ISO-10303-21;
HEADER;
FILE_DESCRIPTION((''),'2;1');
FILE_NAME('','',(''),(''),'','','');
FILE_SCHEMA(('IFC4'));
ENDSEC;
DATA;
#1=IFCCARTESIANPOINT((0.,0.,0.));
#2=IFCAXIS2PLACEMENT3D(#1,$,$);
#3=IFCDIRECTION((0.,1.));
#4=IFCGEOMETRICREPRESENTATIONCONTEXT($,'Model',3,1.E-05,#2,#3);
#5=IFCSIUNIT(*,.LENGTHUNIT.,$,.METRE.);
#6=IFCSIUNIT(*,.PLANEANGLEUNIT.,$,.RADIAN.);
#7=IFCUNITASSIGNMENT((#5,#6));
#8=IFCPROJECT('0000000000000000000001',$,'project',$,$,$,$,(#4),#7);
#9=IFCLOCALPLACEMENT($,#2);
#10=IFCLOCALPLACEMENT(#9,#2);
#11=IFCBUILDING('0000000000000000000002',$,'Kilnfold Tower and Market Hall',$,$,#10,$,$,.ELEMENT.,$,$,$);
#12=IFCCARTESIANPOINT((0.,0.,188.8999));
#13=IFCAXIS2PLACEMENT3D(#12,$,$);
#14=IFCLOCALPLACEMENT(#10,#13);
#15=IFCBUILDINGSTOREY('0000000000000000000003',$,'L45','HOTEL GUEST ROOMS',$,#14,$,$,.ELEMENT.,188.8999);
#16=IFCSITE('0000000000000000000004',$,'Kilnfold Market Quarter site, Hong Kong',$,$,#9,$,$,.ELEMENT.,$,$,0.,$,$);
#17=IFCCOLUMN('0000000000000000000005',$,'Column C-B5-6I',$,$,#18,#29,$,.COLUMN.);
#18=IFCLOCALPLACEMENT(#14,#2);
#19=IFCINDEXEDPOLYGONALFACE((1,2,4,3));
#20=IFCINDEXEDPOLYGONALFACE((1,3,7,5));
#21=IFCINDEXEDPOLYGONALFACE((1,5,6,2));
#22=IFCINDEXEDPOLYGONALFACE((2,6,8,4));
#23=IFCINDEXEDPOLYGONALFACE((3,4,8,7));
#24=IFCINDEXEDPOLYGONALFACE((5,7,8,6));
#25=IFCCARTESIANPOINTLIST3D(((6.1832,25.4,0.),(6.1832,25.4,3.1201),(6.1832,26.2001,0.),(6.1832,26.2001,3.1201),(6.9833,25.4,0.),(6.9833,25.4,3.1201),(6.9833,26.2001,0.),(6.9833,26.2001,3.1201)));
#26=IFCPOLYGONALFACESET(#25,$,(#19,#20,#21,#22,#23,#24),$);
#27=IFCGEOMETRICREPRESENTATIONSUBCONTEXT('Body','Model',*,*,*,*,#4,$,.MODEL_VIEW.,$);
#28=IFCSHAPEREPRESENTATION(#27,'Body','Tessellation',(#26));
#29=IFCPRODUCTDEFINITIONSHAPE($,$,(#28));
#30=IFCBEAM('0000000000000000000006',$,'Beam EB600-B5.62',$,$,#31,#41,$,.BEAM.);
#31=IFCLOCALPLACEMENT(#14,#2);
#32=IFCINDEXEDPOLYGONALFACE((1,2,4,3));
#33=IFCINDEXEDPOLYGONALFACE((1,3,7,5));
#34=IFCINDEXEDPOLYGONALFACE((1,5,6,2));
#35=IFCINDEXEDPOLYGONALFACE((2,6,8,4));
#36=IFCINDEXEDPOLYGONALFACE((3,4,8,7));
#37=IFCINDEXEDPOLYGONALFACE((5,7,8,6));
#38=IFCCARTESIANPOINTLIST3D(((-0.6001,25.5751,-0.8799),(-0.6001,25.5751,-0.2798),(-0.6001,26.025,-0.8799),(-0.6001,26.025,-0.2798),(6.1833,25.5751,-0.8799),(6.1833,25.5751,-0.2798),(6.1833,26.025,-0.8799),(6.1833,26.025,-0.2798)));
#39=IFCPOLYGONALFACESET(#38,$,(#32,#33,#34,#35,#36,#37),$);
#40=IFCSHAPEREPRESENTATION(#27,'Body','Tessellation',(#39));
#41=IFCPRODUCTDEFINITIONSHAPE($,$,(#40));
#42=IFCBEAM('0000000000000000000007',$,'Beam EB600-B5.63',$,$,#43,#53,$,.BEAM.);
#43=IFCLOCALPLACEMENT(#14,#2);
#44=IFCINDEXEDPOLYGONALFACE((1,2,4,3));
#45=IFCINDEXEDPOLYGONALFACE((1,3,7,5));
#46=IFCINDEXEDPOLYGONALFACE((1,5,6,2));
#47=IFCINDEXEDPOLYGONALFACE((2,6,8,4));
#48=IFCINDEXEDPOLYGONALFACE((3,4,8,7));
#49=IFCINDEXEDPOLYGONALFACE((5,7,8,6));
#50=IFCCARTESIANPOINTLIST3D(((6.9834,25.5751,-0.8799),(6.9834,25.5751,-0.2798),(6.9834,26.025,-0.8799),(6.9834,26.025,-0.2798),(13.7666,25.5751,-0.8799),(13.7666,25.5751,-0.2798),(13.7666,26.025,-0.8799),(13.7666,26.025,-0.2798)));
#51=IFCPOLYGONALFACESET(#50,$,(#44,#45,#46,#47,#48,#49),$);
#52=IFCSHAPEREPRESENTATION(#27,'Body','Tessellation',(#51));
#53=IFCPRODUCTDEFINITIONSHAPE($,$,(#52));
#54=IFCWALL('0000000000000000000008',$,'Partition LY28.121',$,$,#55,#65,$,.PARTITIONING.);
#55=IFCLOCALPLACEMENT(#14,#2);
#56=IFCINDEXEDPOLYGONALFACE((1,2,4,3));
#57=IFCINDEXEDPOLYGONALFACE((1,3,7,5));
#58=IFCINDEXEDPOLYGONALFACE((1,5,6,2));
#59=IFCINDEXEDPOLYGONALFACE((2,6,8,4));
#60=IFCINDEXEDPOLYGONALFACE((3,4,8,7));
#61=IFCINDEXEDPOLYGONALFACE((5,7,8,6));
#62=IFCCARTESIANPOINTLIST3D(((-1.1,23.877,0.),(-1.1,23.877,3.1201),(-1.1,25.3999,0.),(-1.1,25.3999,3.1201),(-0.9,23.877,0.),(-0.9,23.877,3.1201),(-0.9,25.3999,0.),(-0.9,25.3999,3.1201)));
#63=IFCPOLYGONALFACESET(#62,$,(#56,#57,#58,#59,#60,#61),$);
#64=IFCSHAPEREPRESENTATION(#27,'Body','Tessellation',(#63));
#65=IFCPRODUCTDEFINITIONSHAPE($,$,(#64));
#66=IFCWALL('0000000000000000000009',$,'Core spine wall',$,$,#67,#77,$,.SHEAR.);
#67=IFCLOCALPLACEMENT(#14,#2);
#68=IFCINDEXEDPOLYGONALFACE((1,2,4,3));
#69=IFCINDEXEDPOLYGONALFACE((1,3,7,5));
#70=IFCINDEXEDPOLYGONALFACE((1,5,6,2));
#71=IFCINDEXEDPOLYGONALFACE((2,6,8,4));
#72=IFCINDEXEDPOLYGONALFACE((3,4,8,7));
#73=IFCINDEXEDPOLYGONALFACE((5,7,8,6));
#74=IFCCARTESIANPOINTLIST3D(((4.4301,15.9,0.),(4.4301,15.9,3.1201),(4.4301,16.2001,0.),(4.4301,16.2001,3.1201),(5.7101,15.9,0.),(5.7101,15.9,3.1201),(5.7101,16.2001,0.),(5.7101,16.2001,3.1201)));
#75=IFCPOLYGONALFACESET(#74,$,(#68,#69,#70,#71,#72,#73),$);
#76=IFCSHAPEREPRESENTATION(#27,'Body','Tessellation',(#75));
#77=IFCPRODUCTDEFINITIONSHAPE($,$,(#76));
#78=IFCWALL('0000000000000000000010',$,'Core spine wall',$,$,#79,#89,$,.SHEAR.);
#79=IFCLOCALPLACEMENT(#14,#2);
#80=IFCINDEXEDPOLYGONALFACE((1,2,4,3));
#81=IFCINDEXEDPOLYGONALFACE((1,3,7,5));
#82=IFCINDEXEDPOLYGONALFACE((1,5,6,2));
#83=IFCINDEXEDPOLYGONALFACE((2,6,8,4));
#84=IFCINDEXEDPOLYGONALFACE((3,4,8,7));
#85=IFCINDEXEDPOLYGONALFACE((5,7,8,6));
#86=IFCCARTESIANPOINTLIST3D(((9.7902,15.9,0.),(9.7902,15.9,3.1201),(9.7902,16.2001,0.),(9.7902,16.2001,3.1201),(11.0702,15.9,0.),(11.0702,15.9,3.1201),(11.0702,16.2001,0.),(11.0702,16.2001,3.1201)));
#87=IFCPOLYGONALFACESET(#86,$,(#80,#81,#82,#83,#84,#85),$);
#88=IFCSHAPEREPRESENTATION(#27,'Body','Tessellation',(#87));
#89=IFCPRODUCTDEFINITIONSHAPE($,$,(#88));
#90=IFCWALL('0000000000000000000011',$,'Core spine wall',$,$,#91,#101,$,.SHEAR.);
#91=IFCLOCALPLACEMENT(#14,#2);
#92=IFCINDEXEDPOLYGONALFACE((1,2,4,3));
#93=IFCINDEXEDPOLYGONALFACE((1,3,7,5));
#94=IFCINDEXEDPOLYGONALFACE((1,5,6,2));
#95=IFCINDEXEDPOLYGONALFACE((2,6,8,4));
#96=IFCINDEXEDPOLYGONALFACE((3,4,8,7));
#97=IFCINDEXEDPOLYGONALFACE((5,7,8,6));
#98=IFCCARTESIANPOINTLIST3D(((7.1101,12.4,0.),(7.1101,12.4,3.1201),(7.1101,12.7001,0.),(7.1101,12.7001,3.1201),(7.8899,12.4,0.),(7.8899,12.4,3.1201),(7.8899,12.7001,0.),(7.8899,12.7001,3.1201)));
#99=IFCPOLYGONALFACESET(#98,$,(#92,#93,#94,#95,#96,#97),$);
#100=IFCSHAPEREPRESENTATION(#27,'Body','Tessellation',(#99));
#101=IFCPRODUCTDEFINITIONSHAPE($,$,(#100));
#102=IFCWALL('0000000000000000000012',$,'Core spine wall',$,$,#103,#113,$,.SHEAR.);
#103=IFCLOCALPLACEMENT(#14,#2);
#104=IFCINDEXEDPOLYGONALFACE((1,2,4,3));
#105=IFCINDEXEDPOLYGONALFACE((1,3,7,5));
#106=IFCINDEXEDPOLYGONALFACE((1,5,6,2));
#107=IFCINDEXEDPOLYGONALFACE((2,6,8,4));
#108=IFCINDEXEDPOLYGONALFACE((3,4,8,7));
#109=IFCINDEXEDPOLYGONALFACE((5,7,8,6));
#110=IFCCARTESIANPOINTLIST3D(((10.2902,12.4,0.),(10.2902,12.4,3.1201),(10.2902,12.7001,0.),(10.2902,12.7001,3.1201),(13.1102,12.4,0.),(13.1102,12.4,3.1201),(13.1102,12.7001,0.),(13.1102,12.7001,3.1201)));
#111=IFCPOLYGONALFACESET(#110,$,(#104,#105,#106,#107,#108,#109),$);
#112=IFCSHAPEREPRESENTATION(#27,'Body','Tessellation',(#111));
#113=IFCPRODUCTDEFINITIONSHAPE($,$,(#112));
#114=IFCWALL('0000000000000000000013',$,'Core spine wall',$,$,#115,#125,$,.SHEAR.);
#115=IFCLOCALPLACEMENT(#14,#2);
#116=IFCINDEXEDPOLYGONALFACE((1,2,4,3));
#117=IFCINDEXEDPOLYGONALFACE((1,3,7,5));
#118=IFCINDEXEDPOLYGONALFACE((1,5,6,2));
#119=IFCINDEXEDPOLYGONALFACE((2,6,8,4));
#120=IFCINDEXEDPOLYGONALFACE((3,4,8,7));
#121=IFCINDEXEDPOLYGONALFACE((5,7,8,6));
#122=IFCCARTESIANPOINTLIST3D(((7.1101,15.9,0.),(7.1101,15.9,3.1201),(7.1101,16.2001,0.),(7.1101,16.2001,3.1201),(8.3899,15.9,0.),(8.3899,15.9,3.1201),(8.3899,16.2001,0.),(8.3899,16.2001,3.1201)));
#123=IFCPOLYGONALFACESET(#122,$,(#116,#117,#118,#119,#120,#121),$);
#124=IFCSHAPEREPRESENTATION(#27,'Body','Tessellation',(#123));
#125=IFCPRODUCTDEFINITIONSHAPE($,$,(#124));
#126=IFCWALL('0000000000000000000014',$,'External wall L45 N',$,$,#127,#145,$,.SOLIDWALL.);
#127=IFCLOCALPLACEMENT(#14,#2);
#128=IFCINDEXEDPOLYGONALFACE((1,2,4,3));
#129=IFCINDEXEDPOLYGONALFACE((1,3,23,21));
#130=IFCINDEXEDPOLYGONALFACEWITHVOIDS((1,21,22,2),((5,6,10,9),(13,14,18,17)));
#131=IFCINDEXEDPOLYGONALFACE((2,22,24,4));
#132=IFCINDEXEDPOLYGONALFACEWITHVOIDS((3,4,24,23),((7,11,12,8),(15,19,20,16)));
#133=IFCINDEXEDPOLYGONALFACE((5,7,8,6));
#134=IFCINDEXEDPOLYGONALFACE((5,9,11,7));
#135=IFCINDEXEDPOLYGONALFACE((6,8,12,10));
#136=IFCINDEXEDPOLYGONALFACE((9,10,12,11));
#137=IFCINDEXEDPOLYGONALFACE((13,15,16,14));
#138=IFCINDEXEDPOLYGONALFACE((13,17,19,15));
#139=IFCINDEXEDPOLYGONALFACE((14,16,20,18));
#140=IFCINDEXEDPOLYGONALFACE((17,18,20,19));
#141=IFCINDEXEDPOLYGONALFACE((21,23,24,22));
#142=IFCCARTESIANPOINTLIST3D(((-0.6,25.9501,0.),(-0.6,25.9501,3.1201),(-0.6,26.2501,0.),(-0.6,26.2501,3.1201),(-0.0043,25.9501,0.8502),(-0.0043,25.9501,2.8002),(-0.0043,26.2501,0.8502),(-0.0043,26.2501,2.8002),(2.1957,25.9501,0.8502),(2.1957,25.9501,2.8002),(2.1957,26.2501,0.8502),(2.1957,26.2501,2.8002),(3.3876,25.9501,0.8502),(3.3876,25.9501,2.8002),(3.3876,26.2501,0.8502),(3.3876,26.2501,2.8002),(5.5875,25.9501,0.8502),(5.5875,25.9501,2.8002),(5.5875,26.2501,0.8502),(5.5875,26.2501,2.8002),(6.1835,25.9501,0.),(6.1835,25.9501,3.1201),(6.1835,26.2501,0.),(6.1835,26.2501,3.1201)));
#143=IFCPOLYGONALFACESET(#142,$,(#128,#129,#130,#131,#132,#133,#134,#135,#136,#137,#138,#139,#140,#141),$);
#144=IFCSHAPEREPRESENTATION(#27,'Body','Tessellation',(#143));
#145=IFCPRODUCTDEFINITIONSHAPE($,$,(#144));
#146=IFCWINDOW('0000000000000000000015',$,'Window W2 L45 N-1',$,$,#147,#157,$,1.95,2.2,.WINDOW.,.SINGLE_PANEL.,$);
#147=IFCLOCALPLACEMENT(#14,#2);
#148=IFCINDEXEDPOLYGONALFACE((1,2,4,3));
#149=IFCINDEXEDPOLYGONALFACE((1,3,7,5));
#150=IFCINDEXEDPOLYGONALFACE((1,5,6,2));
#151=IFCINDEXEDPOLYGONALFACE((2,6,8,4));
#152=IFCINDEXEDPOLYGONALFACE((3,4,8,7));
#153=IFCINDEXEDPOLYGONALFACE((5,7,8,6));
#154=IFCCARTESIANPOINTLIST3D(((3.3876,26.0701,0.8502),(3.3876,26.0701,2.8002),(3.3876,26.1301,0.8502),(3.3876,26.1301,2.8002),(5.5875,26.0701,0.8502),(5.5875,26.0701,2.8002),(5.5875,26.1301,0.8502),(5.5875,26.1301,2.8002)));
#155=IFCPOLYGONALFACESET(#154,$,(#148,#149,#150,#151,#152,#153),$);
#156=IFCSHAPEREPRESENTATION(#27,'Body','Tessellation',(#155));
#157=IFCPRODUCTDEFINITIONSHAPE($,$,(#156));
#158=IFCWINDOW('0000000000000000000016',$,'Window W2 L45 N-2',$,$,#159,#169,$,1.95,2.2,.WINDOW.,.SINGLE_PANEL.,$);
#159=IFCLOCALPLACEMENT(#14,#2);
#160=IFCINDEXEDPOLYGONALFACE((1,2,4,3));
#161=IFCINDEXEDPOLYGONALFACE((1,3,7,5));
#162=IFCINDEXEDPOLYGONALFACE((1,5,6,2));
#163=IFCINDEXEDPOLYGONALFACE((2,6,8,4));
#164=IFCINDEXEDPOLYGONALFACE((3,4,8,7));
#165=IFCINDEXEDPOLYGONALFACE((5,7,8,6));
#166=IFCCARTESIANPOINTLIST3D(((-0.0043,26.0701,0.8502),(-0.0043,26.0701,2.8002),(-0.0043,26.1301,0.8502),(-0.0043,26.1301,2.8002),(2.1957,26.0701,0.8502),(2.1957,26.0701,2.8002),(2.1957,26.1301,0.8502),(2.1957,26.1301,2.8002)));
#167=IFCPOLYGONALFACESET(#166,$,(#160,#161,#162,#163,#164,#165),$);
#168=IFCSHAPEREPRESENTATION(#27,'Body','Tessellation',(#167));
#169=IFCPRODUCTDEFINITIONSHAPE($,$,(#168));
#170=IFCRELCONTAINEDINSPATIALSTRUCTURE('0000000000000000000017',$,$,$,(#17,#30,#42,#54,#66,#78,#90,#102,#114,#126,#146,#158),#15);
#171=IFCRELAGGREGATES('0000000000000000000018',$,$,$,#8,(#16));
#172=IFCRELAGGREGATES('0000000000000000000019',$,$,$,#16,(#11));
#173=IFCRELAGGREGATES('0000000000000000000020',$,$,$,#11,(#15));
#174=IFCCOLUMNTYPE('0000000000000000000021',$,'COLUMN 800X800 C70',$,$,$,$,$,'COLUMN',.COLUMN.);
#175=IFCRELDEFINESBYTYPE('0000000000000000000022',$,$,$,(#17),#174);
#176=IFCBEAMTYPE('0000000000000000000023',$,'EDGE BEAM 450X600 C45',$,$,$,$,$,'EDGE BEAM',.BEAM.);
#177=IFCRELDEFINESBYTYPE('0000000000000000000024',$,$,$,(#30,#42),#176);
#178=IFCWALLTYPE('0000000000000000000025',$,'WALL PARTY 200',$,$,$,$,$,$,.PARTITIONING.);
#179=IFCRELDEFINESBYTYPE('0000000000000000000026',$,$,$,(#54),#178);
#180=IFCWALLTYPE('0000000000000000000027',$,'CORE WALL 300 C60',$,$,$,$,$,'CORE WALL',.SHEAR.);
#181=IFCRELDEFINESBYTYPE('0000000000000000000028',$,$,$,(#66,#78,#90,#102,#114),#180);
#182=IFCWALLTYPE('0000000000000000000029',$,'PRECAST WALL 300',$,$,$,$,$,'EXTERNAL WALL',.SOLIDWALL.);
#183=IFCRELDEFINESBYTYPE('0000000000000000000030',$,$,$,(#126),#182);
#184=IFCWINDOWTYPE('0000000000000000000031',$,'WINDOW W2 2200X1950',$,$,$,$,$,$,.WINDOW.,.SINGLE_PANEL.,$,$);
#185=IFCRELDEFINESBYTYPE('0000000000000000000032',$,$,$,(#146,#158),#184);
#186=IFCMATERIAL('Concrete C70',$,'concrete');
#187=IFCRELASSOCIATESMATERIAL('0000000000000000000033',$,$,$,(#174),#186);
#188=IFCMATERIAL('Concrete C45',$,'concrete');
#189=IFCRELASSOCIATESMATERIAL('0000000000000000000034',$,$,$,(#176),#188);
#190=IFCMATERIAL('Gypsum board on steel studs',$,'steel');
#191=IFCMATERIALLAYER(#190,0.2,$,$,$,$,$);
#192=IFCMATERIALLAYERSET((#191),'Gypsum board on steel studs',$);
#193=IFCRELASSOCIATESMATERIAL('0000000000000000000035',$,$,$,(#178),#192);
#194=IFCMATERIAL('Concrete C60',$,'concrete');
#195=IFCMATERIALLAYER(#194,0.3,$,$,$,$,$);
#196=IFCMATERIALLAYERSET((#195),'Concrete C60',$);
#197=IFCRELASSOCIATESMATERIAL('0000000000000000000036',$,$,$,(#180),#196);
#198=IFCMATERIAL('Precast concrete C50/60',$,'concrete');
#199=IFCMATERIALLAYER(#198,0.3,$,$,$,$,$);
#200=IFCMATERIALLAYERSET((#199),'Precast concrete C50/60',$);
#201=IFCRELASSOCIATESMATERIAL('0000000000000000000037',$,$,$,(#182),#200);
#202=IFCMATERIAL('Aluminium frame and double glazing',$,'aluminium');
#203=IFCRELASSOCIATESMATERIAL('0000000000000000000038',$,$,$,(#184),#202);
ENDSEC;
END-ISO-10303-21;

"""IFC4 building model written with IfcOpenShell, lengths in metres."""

from ifc_helpers import new_model, si_unit, direction, frame, frame_2d, origin, origin_2d, place, context, subcontext, project, spatial, rectangle, extrude, source, transform, mapped, material, layer, layer_set, material_profile, profile_set, type_object, element, fill, save


model = new_model("IFC4")

# Units and contexts
model_context = context("Model", 3, precision=1e-05, world=origin(), true_north=direction((0.0, 1.0)))
body_context = subcontext(model_context, "Body", "Model", "MODEL_VIEW")
ifc_project = project(units=[si_unit("LENGTHUNIT", "METRE"), si_unit("PLANEANGLEUNIT", "RADIAN")], contexts=[model_context])

# Site, building, storey
site_placement = place(None, origin())
site = spatial("IfcSite", under=ifc_project, at=site_placement, Name="Kilnfold Market Quarter site, Hong Kong", CompositionType="ELEMENT", RefElevation=0.0)
building_placement = place(site_placement, origin())
building = spatial("IfcBuilding", under=site, at=building_placement, Name="Kilnfold Tower and Market Hall", CompositionType="ELEMENT")
storey_placement = place(building_placement, frame((0.0, 0.0, 188.8999)))
storey = spatial("IfcBuildingStorey", under=building, at=storey_placement, Name="L45", Description="HOTEL GUEST ROOMS", CompositionType="ELEMENT", Elevation=188.8999)

# Column
ifc_material_1 = material(Name="Concrete C70", Category="concrete")
ifc_material_profile_1 = material_profile(ifc_material_1, rectangle(XDim=0.8, YDim=0.8, at=origin_2d()), Name="RC 800x800")
ifc_profile_set_1 = profile_set([ifc_material_profile_1], Name="Concrete C70")
column_type = type_object("IfcColumnType", Name="COLUMN 800X800 C70", ElementType="COLUMN", PredefinedType="COLUMN", material=ifc_profile_set_1)
shared_shape_1 = source(origin(), body_context, "Body", "SweptSolid", [
    extrude(rectangle(XDim=0.8, YDim=0.8, at=origin_2d()), origin(), (0.0, 0.0, 1.0), 3.1201),
])
column_placement = place(storey_placement, frame((6.5833, 25.8, 0.0), z_axis=(0.0, 0.0, 1.0), x_axis=(1.0, 0.0, 0.0)))
element("IfcColumn", 1, at=column_placement, inside=storey, type_object=column_type, Name="Column C-B5-6I", PredefinedType="COLUMN", context=body_context, shape_type="MappedRepresentation", body=[
    mapped(shared_shape_1, transform((0.0, 0.0, 0.0))),
])

# Beams
ifc_material_2 = material(Name="Concrete C45", Category="concrete")
ifc_material_profile_2 = material_profile(ifc_material_2, rectangle(XDim=0.45, YDim=0.6001, at=origin_2d()), Name="RC 450x600")
ifc_profile_set_2 = profile_set([ifc_material_profile_2], Name="Concrete C45")
beam_type = type_object("IfcBeamType", Name="EDGE BEAM 450X600 C45", ElementType="EDGE BEAM", PredefinedType="BEAM", material=ifc_profile_set_2)
shared_shape_2 = source(origin(), body_context, "Body", "SweptSolid", [
    extrude(rectangle(XDim=0.45, YDim=0.6001, at=origin_2d()), origin(), (0.0, 0.0, 1.0), 6.7834),
])
beam_1_placement = place(storey_placement, frame((-0.6001, 25.8, -0.5798), z_axis=(1.0, 0.0, 0.0), x_axis=(0.0, 1.0, 0.0)))
element("IfcBeam", 2, at=beam_1_placement, inside=storey, type_object=beam_type, Name="Beam EB600-B5.62", PredefinedType="BEAM", context=body_context, shape_type="MappedRepresentation", body=[
    mapped(shared_shape_2, transform((0.0, 0.0, 0.0))),
])
shared_shape_3 = source(origin(), body_context, "Body", "SweptSolid", [
    extrude(rectangle(XDim=0.45, YDim=0.6001, at=origin_2d()), origin(), (0.0, 0.0, 1.0), 6.7832),
])
beam_2_placement = place(storey_placement, frame((6.9834, 25.8, -0.5798), z_axis=(1.0, 0.0, 0.0), x_axis=(0.0, 1.0, 0.0)))
element("IfcBeam", 3, at=beam_2_placement, inside=storey, type_object=beam_type, Name="Beam EB600-B5.63", PredefinedType="BEAM", context=body_context, shape_type="MappedRepresentation", body=[
    mapped(shared_shape_3, transform((0.0, 0.0, 0.0))),
])

# Walls
ifc_material_3 = material(Name="Gypsum board on steel studs", Category="steel")
ifc_layer_1 = layer(ifc_material_3, 0.2)
ifc_layer_set_1 = layer_set([ifc_layer_1], Name="Gypsum board on steel studs")
wall_type_1 = type_object("IfcWallType", Name="WALL PARTY 200", PredefinedType="PARTITIONING", material=ifc_layer_set_1)
wall_1_placement = place(storey_placement, frame((-1.0, 23.877, 0.0), z_axis=(0.0, 0.0, 1.0), x_axis=(0.0, 1.0, 0.0)))
element("IfcWall", 4, at=wall_1_placement, inside=storey, type_object=wall_type_1, Name="Partition LY28.121", PredefinedType="PARTITIONING", context=body_context, shape_type="SweptSolid", body=[
    extrude(rectangle(XDim=1.5229, YDim=0.2, at=frame_2d((0.7615, 0.0))), origin(), (0.0, 0.0, 1.0), 3.1201),
])
ifc_material_4 = material(Name="Concrete C60", Category="concrete")
ifc_layer_2 = layer(ifc_material_4, 0.3)
ifc_layer_set_2 = layer_set([ifc_layer_2], Name="Concrete C60")
wall_type_2 = type_object("IfcWallType", Name="CORE WALL 300 C60", ElementType="CORE WALL", PredefinedType="SHEAR", material=ifc_layer_set_2)
shared_shape_4 = source(origin(), body_context, "Body", "SweptSolid", [
    extrude(rectangle(XDim=1.28, YDim=0.3, at=frame_2d((0.6401, 0.0))), origin(), (0.0, 0.0, 1.0), 3.1201),
])
for number, where, z_axis, x_axis, name in (
    (5, (4.4299, 16.05, 0.0), (0.0, 0.0, 1.0), (1.0, 0.0, 0.0), "Core spine wall"),
    (6, (9.79, 16.05, 0.0), (0.0, 0.0, 1.0), (1.0, 0.0, 0.0), "Core spine wall"),
):
    element("IfcWall", number, at=place(storey_placement, frame(where, z_axis=z_axis, x_axis=x_axis)), inside=storey, type_object=wall_type_2, Name=name, PredefinedType="SHEAR", context=body_context, shape_type="MappedRepresentation", body=[
        mapped(shared_shape_4, transform((0.0, 0.0, 0.0))),
    ])
shared_shape_5 = source(origin(), body_context, "Body", "SweptSolid", [
    extrude(rectangle(XDim=0.7798, YDim=0.3, at=frame_2d((0.3899, 0.0))), origin(), (0.0, 0.0, 1.0), 3.1201),
])
wall_2_placement = place(storey_placement, frame((7.1101, 12.55, 0.0), z_axis=(0.0, 0.0, 1.0), x_axis=(1.0, 0.0, 0.0)))
element("IfcWall", 7, at=wall_2_placement, inside=storey, type_object=wall_type_2, Name="Core spine wall", PredefinedType="SHEAR", context=body_context, shape_type="MappedRepresentation", body=[
    mapped(shared_shape_5, transform((0.0, 0.0, 0.0))),
])
shared_shape_6 = source(origin(), body_context, "Body", "SweptSolid", [
    extrude(rectangle(XDim=2.8201, YDim=0.3, at=frame_2d((1.4102, 0.0))), origin(), (0.0, 0.0, 1.0), 3.1201),
])
wall_3_placement = place(storey_placement, frame((10.29, 12.55, 0.0), z_axis=(0.0, 0.0, 1.0), x_axis=(1.0, 0.0, 0.0)))
element("IfcWall", 8, at=wall_3_placement, inside=storey, type_object=wall_type_2, Name="Core spine wall", PredefinedType="SHEAR", context=body_context, shape_type="MappedRepresentation", body=[
    mapped(shared_shape_6, transform((0.0, 0.0, 0.0))),
])
shared_shape_7 = source(origin(), body_context, "Body", "SweptSolid", [
    extrude(rectangle(XDim=1.2798, YDim=0.3, at=frame_2d((0.6399, 0.0))), origin(), (0.0, 0.0, 1.0), 3.1201),
])
wall_4_placement = place(storey_placement, frame((7.1101, 16.05, 0.0), z_axis=(0.0, 0.0, 1.0), x_axis=(1.0, 0.0, 0.0)))
element("IfcWall", 9, at=wall_4_placement, inside=storey, type_object=wall_type_2, Name="Core spine wall", PredefinedType="SHEAR", context=body_context, shape_type="MappedRepresentation", body=[
    mapped(shared_shape_7, transform((0.0, 0.0, 0.0))),
])

# Wall, openings, windows
ifc_material_5 = material(Name="Precast concrete C50/60", Category="concrete")
ifc_layer_3 = layer(ifc_material_5, 0.3)
ifc_layer_set_3 = layer_set([ifc_layer_3], Name="Precast concrete C50/60")
wall_type_3 = type_object("IfcWallType", Name="PRECAST WALL 300", ElementType="EXTERNAL WALL", PredefinedType="SOLIDWALL", material=ifc_layer_set_3)
shared_shape_8 = source(origin(), body_context, "Body", "SweptSolid", [
    extrude(rectangle(XDim=6.7834, YDim=0.3, at=frame_2d((3.3916, 0.0))), origin(), (0.0, 0.0, 1.0), 3.1201),
])
wall_5_placement = place(storey_placement, frame((6.1833, 26.1001, 0.0), z_axis=(0.0, 0.0, 1.0), x_axis=(-1.0, 0.0, 0.0)))
wall_5 = element("IfcWall", 10, at=wall_5_placement, inside=storey, type_object=wall_type_3, Name="External wall L45 N", PredefinedType="SOLIDWALL", context=body_context, shape_type="MappedRepresentation", body=[
    mapped(shared_shape_8, transform((0.0, 0.0, 0.0))),
])
opening_1_placement = place(wall_5_placement, frame((0.5957, 0.0, 0.8501)))
opening_1 = element("IfcOpeningElement", 11, at=opening_1_placement, cuts=wall_5, PredefinedType="OPENING", context=body_context, shape_type="SweptSolid", body=[
    extrude(rectangle(XDim=2.2, YDim=1.95, at=frame_2d((1.1001, 0.9751))), frame((0.0, 0.1602, 0.0), z_axis=(0.0, -1.0, 0.0), x_axis=(1.0, 0.0, 0.0)), (0.0, 0.0, 1.0), 0.3201),
])
opening_2_placement = place(wall_5_placement, frame((3.9875, 0.0, 0.8501)))
opening_2 = element("IfcOpeningElement", 12, at=opening_2_placement, cuts=wall_5, PredefinedType="OPENING", context=body_context, shape_type="SweptSolid", body=[
    extrude(rectangle(XDim=2.2, YDim=1.95, at=frame_2d((1.1001, 0.9751))), frame((0.0, 0.1602, 0.0), z_axis=(0.0, -1.0, 0.0), x_axis=(1.0, 0.0, 0.0)), (0.0, 0.0, 1.0), 0.3201),
])
ifc_material_6 = material(Name="Aluminium frame and double glazing", Category="aluminium")
window_type = type_object("IfcWindowType", Name="WINDOW W2 2200X1950", PartitioningType="SINGLE_PANEL", PredefinedType="WINDOW", material=ifc_material_6)
window_1_placement = place(opening_1_placement, origin())
window_1 = element("IfcWindow", 13, at=window_1_placement, inside=storey, type_object=window_type, Name="Window W2 L45 N-1", OverallHeight=1.95, OverallWidth=2.2, PartitioningType="SINGLE_PANEL", PredefinedType="WINDOW", context=body_context, shape_type="SweptSolid", body=[
    extrude(rectangle(XDim=2.2, YDim=1.95, at=frame_2d((1.1001, 0.9751))), frame((0.0, 0.03, 0.0), z_axis=(0.0, -1.0, 0.0), x_axis=(1.0, 0.0, 0.0)), (0.0, 0.0, 1.0), 0.0601),
])
fill(opening_1, window_1)
window_2_placement = place(opening_2_placement, origin())
window_2 = element("IfcWindow", 14, at=window_2_placement, inside=storey, type_object=window_type, Name="Window W2 L45 N-2", OverallHeight=1.95, OverallWidth=2.2, PartitioningType="SINGLE_PANEL", PredefinedType="WINDOW", context=body_context, shape_type="SweptSolid", body=[
    extrude(rectangle(XDim=2.2, YDim=1.95, at=frame_2d((1.1001, 0.9751))), frame((0.0, 0.03, 0.0), z_axis=(0.0, -1.0, 0.0), x_axis=(1.0, 0.0, 0.0)), (0.0, 0.0, 1.0), 0.0601),
])
fill(opening_2, window_2)

save(model, "model.ifc")
